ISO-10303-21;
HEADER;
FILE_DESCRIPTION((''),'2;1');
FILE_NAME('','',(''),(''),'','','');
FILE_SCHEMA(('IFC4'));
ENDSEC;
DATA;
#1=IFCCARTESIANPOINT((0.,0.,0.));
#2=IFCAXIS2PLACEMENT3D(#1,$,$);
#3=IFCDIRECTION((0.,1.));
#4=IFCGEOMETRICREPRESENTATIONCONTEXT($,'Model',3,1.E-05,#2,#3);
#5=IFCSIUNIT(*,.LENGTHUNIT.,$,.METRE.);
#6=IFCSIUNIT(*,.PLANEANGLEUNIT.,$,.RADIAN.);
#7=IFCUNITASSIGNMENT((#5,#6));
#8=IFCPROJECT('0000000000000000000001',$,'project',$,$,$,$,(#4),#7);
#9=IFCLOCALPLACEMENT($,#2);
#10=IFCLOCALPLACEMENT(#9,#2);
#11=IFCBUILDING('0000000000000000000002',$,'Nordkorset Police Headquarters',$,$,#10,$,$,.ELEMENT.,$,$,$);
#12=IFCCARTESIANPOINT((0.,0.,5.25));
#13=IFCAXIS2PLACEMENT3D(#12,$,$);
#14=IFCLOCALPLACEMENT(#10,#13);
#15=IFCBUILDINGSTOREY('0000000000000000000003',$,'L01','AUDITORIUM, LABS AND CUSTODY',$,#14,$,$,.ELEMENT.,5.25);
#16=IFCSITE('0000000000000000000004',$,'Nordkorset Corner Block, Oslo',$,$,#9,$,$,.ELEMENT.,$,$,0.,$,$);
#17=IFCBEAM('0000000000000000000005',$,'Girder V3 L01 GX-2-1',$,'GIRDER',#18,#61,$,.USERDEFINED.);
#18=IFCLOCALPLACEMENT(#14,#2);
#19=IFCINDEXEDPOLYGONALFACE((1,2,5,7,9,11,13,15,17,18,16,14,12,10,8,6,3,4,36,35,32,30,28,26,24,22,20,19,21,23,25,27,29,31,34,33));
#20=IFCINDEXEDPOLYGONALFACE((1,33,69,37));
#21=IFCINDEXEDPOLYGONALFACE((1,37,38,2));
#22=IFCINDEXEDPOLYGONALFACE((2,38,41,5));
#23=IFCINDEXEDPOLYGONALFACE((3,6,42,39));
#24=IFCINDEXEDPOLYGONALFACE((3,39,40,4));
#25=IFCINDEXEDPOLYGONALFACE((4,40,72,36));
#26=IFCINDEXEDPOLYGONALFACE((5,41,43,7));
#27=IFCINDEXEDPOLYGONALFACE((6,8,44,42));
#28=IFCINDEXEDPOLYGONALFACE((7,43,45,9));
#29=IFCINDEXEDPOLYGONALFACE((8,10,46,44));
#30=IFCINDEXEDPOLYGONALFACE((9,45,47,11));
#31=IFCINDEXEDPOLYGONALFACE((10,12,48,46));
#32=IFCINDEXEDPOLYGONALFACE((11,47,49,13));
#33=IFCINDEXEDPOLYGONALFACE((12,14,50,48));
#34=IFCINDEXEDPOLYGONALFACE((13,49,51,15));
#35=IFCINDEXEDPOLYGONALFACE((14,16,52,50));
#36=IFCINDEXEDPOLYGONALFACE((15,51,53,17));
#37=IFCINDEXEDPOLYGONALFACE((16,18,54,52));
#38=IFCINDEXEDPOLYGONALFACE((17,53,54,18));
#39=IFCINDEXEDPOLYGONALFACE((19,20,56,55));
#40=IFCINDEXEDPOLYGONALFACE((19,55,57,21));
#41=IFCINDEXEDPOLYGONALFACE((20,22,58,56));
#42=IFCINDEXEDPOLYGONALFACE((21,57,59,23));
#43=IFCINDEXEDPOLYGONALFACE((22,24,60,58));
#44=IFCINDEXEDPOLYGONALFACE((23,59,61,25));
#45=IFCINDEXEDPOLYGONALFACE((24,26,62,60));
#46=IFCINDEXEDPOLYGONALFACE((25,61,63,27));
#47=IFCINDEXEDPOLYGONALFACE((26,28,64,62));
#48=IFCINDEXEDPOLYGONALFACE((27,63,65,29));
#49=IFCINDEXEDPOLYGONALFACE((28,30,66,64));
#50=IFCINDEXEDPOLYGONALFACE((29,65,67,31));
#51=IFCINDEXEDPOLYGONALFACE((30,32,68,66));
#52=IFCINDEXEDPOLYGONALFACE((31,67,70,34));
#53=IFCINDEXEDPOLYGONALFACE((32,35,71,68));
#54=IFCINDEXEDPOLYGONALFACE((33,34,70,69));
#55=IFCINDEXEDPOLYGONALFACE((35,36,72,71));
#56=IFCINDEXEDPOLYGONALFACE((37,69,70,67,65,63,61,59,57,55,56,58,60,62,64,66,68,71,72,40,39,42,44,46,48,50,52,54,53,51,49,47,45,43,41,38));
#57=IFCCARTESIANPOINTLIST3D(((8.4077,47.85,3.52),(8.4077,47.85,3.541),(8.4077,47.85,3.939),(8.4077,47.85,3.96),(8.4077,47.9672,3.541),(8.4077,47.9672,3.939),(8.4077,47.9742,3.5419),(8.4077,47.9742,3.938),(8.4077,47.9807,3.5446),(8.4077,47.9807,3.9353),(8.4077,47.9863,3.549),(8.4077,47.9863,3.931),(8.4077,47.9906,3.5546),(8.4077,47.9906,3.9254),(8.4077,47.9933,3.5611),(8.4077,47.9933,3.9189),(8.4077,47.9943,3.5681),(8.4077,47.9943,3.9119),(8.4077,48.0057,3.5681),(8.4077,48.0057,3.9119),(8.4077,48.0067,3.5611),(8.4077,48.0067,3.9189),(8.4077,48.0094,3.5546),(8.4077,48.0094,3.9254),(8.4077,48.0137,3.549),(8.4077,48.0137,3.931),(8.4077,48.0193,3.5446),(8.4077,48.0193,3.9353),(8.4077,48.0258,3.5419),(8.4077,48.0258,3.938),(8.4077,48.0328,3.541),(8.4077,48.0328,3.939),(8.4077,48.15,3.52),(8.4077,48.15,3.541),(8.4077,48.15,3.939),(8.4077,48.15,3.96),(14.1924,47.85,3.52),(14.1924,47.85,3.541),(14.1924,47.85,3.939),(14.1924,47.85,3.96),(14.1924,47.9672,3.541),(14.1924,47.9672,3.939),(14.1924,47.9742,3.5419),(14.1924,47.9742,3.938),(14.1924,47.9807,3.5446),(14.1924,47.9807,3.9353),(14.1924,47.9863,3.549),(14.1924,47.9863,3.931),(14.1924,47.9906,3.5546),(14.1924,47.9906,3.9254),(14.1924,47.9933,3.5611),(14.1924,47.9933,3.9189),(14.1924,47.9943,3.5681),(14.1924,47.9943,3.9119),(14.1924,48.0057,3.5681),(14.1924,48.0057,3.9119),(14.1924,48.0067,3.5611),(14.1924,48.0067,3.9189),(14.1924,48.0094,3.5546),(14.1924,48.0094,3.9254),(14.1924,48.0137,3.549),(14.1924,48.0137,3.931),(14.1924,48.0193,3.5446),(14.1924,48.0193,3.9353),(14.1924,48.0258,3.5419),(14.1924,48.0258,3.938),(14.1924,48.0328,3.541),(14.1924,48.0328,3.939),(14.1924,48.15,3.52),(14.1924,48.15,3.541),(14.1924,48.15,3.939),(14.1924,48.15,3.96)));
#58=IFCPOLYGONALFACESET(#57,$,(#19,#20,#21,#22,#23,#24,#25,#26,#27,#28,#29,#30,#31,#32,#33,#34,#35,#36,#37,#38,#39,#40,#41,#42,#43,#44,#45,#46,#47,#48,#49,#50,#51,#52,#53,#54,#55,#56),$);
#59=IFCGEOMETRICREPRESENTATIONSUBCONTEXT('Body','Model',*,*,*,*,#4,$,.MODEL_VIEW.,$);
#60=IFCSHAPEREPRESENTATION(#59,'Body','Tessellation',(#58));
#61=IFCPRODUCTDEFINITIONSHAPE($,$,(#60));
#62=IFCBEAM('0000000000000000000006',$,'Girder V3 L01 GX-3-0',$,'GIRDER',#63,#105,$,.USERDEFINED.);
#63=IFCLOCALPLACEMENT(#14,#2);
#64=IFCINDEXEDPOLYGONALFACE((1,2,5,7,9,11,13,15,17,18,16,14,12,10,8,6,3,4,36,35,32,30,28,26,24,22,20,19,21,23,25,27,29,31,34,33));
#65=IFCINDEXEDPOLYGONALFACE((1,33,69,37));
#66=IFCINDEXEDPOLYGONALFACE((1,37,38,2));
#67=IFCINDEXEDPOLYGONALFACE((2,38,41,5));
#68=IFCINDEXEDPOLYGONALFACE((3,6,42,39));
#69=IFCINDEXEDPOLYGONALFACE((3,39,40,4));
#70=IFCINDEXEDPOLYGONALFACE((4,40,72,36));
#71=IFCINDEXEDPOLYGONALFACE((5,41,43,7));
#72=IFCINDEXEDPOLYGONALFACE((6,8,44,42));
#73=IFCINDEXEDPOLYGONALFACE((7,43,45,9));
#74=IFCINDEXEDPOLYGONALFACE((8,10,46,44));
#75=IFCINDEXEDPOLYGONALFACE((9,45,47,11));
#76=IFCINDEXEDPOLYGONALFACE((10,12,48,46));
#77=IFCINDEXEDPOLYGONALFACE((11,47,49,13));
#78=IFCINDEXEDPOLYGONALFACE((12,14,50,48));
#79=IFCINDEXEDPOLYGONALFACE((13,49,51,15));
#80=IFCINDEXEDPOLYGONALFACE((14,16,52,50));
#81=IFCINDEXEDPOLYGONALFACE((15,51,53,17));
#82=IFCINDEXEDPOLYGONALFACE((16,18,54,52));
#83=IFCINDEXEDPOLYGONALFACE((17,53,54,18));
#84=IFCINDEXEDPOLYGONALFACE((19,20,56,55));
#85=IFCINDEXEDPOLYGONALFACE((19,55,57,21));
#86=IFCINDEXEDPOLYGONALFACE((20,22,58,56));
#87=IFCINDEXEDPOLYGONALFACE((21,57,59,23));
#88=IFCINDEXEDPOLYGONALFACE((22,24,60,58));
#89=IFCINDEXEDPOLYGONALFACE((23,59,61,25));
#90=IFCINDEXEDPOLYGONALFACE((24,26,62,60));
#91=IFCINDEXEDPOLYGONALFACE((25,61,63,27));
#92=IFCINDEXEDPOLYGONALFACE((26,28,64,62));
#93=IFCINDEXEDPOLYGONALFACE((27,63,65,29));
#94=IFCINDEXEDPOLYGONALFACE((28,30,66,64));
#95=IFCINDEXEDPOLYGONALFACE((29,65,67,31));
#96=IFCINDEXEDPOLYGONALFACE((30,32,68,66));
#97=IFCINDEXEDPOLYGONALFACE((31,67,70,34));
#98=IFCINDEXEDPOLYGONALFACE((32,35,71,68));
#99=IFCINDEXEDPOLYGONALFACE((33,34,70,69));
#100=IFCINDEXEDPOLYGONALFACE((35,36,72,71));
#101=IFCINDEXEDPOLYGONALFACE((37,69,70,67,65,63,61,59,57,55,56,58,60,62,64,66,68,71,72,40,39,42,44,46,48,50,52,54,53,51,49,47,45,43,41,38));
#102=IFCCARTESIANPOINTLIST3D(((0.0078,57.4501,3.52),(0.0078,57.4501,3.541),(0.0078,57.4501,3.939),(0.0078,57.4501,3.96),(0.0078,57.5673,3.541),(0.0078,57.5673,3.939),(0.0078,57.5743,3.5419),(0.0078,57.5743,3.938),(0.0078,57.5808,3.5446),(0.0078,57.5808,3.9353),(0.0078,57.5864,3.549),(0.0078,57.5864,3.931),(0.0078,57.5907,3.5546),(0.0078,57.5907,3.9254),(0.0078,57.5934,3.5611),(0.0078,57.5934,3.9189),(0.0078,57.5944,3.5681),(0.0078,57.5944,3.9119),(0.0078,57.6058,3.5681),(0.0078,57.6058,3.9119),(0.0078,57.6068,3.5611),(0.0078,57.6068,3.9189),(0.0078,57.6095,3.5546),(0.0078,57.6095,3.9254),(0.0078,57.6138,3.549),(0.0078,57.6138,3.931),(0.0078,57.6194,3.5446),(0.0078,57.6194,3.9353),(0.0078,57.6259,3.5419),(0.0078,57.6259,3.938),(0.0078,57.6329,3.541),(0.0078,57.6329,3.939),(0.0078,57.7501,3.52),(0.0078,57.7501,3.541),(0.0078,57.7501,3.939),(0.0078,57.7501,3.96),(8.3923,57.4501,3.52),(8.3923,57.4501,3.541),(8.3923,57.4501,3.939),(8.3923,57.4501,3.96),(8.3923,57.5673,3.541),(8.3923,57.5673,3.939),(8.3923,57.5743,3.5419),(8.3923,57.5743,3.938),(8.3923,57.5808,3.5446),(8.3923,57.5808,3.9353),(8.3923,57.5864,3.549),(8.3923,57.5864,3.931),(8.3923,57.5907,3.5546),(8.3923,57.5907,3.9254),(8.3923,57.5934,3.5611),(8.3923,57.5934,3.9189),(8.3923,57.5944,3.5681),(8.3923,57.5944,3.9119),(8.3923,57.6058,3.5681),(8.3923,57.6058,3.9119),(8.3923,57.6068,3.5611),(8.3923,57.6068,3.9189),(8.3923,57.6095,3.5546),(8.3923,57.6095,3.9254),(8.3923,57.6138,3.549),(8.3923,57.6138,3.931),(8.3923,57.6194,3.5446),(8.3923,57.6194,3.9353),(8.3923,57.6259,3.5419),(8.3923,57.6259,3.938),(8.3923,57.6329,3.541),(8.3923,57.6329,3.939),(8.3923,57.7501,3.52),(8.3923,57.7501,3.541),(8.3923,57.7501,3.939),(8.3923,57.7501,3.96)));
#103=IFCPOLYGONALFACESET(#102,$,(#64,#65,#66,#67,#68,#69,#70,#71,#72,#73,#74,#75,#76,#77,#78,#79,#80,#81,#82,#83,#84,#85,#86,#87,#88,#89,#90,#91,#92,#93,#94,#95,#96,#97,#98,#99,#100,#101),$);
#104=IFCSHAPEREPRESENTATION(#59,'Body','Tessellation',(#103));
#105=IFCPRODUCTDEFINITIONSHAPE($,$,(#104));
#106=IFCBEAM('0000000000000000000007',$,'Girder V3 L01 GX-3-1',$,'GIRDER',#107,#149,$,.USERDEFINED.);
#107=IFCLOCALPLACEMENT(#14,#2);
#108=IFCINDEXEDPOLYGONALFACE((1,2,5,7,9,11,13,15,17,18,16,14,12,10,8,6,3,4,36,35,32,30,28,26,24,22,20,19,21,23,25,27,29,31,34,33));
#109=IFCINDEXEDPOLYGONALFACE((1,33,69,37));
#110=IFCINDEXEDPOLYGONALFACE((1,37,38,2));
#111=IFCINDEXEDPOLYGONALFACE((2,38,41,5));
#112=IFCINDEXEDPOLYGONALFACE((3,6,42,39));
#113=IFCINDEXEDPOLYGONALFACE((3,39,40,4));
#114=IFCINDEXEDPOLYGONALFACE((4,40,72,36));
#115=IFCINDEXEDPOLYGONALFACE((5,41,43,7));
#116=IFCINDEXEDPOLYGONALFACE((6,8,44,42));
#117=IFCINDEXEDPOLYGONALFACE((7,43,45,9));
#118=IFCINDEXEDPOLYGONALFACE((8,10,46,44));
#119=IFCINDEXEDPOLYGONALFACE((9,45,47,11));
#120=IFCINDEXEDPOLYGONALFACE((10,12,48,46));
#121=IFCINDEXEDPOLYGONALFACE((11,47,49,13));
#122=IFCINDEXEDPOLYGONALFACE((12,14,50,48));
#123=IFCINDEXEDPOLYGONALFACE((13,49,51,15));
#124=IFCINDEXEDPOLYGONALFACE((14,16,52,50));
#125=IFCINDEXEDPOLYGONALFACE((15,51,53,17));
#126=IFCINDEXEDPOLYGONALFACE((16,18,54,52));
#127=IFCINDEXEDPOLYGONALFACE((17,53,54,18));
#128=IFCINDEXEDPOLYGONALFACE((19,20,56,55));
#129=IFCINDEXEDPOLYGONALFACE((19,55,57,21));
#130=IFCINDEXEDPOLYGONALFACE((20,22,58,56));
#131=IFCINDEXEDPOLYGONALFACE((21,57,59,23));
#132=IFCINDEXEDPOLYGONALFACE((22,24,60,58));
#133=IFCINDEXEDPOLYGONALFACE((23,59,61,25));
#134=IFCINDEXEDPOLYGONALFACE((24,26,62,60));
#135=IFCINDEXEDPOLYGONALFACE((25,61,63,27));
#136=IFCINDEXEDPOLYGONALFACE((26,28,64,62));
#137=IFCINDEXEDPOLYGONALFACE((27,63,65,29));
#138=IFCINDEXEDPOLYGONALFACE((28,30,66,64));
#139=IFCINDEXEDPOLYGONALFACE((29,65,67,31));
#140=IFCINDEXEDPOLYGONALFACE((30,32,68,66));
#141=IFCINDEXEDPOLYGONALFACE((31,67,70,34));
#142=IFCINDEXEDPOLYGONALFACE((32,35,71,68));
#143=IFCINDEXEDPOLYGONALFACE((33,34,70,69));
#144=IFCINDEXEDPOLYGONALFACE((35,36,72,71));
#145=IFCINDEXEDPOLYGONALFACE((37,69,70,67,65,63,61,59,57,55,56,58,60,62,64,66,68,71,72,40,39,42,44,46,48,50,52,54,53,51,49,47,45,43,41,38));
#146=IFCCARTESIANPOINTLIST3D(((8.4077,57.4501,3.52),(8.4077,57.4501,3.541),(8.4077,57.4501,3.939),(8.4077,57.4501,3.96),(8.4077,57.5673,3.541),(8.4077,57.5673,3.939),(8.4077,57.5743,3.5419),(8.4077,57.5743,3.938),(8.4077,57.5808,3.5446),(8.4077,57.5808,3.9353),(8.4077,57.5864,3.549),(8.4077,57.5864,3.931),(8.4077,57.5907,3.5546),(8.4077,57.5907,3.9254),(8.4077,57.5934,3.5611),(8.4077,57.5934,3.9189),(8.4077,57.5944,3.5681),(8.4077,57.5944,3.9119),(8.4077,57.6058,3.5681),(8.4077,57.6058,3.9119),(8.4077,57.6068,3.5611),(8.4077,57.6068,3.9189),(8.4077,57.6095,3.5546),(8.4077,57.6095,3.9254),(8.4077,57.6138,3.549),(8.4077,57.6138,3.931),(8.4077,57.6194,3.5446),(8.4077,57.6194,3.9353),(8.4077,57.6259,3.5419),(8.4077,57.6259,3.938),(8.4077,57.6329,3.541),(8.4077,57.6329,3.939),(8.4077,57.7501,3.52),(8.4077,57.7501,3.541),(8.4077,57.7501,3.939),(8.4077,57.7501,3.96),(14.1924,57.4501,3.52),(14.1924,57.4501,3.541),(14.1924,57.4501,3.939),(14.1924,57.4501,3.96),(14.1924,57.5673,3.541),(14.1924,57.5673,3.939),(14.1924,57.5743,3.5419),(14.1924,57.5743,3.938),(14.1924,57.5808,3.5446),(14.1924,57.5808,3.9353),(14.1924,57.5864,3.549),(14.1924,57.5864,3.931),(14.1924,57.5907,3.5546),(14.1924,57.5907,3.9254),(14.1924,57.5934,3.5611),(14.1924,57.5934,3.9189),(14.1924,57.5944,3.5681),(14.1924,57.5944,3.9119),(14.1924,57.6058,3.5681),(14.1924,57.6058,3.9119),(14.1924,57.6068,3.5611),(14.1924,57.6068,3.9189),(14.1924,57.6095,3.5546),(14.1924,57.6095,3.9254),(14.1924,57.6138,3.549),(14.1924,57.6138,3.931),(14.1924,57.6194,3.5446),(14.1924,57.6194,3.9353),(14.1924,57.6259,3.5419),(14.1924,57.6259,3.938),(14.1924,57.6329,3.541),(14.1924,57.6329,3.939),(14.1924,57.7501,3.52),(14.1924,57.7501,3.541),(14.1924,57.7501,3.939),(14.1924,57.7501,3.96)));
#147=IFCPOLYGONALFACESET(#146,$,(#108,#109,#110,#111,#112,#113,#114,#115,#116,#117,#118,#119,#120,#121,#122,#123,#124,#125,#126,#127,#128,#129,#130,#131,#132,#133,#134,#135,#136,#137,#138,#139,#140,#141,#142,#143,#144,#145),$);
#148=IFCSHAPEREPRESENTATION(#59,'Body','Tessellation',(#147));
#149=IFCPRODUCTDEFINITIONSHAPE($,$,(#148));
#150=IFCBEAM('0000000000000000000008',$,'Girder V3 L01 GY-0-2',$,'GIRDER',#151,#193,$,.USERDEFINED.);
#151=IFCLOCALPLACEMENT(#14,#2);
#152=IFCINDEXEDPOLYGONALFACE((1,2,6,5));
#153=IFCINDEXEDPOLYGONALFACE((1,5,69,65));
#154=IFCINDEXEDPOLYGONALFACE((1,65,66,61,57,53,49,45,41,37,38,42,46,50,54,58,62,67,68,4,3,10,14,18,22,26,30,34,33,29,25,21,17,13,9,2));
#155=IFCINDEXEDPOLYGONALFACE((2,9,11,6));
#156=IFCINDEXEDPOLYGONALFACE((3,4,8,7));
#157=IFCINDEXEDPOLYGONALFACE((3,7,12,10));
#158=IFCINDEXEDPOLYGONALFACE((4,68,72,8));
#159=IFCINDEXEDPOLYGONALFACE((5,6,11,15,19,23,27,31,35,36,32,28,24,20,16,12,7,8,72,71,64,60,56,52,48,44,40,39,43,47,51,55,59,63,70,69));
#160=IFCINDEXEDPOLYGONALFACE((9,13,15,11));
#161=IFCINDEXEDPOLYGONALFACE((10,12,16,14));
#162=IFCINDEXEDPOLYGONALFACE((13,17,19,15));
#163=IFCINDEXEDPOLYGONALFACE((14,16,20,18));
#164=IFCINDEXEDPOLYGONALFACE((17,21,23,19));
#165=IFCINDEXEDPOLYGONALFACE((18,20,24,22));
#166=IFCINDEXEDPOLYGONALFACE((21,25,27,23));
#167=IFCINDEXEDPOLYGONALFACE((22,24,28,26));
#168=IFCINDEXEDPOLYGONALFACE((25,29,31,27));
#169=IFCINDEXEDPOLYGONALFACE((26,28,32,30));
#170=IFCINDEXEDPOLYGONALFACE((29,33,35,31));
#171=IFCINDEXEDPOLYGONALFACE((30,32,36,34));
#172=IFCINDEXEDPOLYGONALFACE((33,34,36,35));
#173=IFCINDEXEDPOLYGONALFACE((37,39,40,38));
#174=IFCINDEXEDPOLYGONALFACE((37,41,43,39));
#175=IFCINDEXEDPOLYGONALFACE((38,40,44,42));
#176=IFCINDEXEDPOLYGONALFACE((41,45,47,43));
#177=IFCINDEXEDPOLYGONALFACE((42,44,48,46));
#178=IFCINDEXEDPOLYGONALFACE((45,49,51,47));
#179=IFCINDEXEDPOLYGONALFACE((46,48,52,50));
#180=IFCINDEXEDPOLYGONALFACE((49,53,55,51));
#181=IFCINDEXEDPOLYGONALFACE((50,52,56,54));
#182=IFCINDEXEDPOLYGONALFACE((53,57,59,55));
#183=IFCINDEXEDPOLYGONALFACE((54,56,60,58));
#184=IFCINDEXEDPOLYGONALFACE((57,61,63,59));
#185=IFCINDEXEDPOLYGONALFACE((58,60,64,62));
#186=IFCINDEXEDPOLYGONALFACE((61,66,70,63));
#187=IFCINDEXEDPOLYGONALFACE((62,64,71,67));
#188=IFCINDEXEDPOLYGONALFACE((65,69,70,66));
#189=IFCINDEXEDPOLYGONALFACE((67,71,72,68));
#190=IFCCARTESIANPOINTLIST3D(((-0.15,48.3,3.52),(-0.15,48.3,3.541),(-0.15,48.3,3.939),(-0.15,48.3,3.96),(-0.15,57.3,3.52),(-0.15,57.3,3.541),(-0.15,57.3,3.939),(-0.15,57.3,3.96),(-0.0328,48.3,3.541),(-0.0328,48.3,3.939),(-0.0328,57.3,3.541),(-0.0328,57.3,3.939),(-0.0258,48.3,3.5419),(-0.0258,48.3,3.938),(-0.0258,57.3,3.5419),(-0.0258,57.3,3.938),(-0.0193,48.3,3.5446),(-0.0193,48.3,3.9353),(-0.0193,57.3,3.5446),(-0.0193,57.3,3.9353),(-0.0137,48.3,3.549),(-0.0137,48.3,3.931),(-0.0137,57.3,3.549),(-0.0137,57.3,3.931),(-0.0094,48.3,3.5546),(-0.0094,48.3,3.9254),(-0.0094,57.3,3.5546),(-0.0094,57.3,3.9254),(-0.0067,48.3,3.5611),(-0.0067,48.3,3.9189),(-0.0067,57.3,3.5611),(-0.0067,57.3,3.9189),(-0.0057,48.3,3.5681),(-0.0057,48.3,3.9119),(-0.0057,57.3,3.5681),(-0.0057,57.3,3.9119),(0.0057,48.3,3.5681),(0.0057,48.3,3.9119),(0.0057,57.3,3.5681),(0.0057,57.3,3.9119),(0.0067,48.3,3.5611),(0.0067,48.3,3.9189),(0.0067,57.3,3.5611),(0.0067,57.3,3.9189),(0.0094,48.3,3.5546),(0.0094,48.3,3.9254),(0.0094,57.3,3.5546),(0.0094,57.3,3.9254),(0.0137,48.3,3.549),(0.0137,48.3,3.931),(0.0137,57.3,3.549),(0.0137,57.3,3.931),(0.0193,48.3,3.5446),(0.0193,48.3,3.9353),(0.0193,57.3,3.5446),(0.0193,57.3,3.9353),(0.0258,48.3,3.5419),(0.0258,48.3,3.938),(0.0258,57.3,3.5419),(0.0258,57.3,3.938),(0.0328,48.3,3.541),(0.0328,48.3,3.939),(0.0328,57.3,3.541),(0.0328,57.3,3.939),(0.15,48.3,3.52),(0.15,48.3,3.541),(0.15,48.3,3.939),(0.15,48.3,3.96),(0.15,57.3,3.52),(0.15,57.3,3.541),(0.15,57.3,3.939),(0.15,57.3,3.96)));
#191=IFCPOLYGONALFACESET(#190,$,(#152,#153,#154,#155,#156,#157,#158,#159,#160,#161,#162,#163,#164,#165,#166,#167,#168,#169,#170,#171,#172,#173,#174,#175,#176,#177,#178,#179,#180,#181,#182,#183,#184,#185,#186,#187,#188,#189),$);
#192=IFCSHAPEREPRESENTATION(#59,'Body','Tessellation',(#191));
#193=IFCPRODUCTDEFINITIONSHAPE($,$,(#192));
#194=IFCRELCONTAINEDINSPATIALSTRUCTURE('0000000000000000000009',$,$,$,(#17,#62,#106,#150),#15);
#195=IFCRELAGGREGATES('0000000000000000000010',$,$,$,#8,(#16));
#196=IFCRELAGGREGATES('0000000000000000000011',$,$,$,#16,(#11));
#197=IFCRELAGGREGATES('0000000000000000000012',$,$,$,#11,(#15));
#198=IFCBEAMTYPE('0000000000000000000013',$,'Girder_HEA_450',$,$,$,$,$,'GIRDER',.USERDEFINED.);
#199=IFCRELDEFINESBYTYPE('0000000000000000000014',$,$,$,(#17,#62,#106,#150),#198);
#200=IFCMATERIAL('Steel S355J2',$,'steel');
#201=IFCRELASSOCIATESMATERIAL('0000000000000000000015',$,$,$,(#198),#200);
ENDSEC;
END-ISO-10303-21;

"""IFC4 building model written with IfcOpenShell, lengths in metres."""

from ifc_helpers import new_model, si_unit, direction, frame, origin, origin_2d, place, context, subcontext, project, spatial, i_section, extrude, material, material_profile, profile_set, type_object, element, save


model = new_model("IFC4")

# Units and contexts
model_context = context("Model", 3, precision=1e-05, world=origin(), true_north=direction((0.0, 1.0)))
body_context = subcontext(model_context, "Body", "Model", "MODEL_VIEW")
ifc_project = project(units=[si_unit("LENGTHUNIT", "METRE"), si_unit("PLANEANGLEUNIT", "RADIAN")], contexts=[model_context])

# Site, building, storey
site_placement = place(None, origin())
site = spatial("IfcSite", under=ifc_project, at=site_placement, Name="Nordkorset Corner Block, Oslo", CompositionType="ELEMENT", RefElevation=0.0)
building_placement = place(site_placement, origin())
building = spatial("IfcBuilding", under=site, at=building_placement, Name="Nordkorset Police Headquarters", CompositionType="ELEMENT")
storey_placement = place(building_placement, frame((0.0, 0.0, 5.25)))
storey = spatial("IfcBuildingStorey", under=building, at=storey_placement, Name="L01", Description="AUDITORIUM, LABS AND CUSTODY", CompositionType="ELEMENT", Elevation=5.25)

# Beams
ifc_material_1 = material(Name="Steel S355J2", Category="steel")
ifc_material_profile_1 = material_profile(ifc_material_1, i_section(OverallWidth=0.3, OverallDepth=0.4399, WebThickness=0.0115, FlangeThickness=0.021, FilletRadius=0.0271, at=origin_2d()), Name="HEA 450")
ifc_profile_set_1 = profile_set([ifc_material_profile_1], Name="Steel S355J2")
beam_type_1 = type_object("IfcBeamType", Name="Girder_HEA_450", ElementType="GIRDER", PredefinedType="USERDEFINED", material=ifc_profile_set_1)
beam_1_placement = place(storey_placement, frame((8.4077, 48.0, 3.74), z_axis=(1.0, 0.0, 0.0), x_axis=(0.0, 1.0, 0.0)))
element("IfcBeam", 1, at=beam_1_placement, inside=storey, type_object=beam_type_1, Name="Girder V3 L01 GX-2-1", ObjectType="GIRDER", PredefinedType="USERDEFINED", context=body_context, shape_type="SweptSolid", body=[
    extrude(i_section(OverallWidth=0.3, OverallDepth=0.4399, WebThickness=0.0115, FlangeThickness=0.021, FilletRadius=0.0271, at=origin_2d()), origin(), (0.0, 0.0, 1.0), 5.7847),
])
beam_2_placement = place(storey_placement, frame((0.0078, 57.6001, 3.74), z_axis=(1.0, 0.0, 0.0), x_axis=(0.0, 1.0, 0.0)))
element("IfcBeam", 2, at=beam_2_placement, inside=storey, type_object=beam_type_1, Name="Girder V3 L01 GX-3-0", ObjectType="GIRDER", PredefinedType="USERDEFINED", context=body_context, shape_type="SweptSolid", body=[
    extrude(i_section(OverallWidth=0.3, OverallDepth=0.4399, WebThickness=0.0115, FlangeThickness=0.021, FilletRadius=0.0271, at=origin_2d()), origin(), (0.0, 0.0, 1.0), 8.3845),
])
beam_3_placement = place(storey_placement, frame((8.4077, 57.6001, 3.74), z_axis=(1.0, 0.0, 0.0), x_axis=(0.0, 1.0, 0.0)))
element("IfcBeam", 3, at=beam_3_placement, inside=storey, type_object=beam_type_1, Name="Girder V3 L01 GX-3-1", ObjectType="GIRDER", PredefinedType="USERDEFINED", context=body_context, shape_type="SweptSolid", body=[
    extrude(i_section(OverallWidth=0.3, OverallDepth=0.4399, WebThickness=0.0115, FlangeThickness=0.021, FilletRadius=0.0271, at=origin_2d()), origin(), (0.0, 0.0, 1.0), 5.7847),
])
for number, where, z_axis, x_axis, name in (
    (4, (0.0, 48.3, 3.74), (0.0, 1.0, 0.0), (-1.0, 0.0, 0.0), "Girder V3 L01 GY-0-2"),
):
    element("IfcBeam", number, at=place(storey_placement, frame(where, z_axis=z_axis, x_axis=x_axis)), inside=storey, type_object=beam_type_1, Name=name, ObjectType="GIRDER", PredefinedType="USERDEFINED", context=body_context, shape_type="SweptSolid", body=[
        extrude(i_section(OverallWidth=0.3, OverallDepth=0.4399, WebThickness=0.0115, FlangeThickness=0.021, FilletRadius=0.0271, at=origin_2d()), origin(), (0.0, 0.0, 1.0), 9.0),
    ])

save(model, "model.ifc")
